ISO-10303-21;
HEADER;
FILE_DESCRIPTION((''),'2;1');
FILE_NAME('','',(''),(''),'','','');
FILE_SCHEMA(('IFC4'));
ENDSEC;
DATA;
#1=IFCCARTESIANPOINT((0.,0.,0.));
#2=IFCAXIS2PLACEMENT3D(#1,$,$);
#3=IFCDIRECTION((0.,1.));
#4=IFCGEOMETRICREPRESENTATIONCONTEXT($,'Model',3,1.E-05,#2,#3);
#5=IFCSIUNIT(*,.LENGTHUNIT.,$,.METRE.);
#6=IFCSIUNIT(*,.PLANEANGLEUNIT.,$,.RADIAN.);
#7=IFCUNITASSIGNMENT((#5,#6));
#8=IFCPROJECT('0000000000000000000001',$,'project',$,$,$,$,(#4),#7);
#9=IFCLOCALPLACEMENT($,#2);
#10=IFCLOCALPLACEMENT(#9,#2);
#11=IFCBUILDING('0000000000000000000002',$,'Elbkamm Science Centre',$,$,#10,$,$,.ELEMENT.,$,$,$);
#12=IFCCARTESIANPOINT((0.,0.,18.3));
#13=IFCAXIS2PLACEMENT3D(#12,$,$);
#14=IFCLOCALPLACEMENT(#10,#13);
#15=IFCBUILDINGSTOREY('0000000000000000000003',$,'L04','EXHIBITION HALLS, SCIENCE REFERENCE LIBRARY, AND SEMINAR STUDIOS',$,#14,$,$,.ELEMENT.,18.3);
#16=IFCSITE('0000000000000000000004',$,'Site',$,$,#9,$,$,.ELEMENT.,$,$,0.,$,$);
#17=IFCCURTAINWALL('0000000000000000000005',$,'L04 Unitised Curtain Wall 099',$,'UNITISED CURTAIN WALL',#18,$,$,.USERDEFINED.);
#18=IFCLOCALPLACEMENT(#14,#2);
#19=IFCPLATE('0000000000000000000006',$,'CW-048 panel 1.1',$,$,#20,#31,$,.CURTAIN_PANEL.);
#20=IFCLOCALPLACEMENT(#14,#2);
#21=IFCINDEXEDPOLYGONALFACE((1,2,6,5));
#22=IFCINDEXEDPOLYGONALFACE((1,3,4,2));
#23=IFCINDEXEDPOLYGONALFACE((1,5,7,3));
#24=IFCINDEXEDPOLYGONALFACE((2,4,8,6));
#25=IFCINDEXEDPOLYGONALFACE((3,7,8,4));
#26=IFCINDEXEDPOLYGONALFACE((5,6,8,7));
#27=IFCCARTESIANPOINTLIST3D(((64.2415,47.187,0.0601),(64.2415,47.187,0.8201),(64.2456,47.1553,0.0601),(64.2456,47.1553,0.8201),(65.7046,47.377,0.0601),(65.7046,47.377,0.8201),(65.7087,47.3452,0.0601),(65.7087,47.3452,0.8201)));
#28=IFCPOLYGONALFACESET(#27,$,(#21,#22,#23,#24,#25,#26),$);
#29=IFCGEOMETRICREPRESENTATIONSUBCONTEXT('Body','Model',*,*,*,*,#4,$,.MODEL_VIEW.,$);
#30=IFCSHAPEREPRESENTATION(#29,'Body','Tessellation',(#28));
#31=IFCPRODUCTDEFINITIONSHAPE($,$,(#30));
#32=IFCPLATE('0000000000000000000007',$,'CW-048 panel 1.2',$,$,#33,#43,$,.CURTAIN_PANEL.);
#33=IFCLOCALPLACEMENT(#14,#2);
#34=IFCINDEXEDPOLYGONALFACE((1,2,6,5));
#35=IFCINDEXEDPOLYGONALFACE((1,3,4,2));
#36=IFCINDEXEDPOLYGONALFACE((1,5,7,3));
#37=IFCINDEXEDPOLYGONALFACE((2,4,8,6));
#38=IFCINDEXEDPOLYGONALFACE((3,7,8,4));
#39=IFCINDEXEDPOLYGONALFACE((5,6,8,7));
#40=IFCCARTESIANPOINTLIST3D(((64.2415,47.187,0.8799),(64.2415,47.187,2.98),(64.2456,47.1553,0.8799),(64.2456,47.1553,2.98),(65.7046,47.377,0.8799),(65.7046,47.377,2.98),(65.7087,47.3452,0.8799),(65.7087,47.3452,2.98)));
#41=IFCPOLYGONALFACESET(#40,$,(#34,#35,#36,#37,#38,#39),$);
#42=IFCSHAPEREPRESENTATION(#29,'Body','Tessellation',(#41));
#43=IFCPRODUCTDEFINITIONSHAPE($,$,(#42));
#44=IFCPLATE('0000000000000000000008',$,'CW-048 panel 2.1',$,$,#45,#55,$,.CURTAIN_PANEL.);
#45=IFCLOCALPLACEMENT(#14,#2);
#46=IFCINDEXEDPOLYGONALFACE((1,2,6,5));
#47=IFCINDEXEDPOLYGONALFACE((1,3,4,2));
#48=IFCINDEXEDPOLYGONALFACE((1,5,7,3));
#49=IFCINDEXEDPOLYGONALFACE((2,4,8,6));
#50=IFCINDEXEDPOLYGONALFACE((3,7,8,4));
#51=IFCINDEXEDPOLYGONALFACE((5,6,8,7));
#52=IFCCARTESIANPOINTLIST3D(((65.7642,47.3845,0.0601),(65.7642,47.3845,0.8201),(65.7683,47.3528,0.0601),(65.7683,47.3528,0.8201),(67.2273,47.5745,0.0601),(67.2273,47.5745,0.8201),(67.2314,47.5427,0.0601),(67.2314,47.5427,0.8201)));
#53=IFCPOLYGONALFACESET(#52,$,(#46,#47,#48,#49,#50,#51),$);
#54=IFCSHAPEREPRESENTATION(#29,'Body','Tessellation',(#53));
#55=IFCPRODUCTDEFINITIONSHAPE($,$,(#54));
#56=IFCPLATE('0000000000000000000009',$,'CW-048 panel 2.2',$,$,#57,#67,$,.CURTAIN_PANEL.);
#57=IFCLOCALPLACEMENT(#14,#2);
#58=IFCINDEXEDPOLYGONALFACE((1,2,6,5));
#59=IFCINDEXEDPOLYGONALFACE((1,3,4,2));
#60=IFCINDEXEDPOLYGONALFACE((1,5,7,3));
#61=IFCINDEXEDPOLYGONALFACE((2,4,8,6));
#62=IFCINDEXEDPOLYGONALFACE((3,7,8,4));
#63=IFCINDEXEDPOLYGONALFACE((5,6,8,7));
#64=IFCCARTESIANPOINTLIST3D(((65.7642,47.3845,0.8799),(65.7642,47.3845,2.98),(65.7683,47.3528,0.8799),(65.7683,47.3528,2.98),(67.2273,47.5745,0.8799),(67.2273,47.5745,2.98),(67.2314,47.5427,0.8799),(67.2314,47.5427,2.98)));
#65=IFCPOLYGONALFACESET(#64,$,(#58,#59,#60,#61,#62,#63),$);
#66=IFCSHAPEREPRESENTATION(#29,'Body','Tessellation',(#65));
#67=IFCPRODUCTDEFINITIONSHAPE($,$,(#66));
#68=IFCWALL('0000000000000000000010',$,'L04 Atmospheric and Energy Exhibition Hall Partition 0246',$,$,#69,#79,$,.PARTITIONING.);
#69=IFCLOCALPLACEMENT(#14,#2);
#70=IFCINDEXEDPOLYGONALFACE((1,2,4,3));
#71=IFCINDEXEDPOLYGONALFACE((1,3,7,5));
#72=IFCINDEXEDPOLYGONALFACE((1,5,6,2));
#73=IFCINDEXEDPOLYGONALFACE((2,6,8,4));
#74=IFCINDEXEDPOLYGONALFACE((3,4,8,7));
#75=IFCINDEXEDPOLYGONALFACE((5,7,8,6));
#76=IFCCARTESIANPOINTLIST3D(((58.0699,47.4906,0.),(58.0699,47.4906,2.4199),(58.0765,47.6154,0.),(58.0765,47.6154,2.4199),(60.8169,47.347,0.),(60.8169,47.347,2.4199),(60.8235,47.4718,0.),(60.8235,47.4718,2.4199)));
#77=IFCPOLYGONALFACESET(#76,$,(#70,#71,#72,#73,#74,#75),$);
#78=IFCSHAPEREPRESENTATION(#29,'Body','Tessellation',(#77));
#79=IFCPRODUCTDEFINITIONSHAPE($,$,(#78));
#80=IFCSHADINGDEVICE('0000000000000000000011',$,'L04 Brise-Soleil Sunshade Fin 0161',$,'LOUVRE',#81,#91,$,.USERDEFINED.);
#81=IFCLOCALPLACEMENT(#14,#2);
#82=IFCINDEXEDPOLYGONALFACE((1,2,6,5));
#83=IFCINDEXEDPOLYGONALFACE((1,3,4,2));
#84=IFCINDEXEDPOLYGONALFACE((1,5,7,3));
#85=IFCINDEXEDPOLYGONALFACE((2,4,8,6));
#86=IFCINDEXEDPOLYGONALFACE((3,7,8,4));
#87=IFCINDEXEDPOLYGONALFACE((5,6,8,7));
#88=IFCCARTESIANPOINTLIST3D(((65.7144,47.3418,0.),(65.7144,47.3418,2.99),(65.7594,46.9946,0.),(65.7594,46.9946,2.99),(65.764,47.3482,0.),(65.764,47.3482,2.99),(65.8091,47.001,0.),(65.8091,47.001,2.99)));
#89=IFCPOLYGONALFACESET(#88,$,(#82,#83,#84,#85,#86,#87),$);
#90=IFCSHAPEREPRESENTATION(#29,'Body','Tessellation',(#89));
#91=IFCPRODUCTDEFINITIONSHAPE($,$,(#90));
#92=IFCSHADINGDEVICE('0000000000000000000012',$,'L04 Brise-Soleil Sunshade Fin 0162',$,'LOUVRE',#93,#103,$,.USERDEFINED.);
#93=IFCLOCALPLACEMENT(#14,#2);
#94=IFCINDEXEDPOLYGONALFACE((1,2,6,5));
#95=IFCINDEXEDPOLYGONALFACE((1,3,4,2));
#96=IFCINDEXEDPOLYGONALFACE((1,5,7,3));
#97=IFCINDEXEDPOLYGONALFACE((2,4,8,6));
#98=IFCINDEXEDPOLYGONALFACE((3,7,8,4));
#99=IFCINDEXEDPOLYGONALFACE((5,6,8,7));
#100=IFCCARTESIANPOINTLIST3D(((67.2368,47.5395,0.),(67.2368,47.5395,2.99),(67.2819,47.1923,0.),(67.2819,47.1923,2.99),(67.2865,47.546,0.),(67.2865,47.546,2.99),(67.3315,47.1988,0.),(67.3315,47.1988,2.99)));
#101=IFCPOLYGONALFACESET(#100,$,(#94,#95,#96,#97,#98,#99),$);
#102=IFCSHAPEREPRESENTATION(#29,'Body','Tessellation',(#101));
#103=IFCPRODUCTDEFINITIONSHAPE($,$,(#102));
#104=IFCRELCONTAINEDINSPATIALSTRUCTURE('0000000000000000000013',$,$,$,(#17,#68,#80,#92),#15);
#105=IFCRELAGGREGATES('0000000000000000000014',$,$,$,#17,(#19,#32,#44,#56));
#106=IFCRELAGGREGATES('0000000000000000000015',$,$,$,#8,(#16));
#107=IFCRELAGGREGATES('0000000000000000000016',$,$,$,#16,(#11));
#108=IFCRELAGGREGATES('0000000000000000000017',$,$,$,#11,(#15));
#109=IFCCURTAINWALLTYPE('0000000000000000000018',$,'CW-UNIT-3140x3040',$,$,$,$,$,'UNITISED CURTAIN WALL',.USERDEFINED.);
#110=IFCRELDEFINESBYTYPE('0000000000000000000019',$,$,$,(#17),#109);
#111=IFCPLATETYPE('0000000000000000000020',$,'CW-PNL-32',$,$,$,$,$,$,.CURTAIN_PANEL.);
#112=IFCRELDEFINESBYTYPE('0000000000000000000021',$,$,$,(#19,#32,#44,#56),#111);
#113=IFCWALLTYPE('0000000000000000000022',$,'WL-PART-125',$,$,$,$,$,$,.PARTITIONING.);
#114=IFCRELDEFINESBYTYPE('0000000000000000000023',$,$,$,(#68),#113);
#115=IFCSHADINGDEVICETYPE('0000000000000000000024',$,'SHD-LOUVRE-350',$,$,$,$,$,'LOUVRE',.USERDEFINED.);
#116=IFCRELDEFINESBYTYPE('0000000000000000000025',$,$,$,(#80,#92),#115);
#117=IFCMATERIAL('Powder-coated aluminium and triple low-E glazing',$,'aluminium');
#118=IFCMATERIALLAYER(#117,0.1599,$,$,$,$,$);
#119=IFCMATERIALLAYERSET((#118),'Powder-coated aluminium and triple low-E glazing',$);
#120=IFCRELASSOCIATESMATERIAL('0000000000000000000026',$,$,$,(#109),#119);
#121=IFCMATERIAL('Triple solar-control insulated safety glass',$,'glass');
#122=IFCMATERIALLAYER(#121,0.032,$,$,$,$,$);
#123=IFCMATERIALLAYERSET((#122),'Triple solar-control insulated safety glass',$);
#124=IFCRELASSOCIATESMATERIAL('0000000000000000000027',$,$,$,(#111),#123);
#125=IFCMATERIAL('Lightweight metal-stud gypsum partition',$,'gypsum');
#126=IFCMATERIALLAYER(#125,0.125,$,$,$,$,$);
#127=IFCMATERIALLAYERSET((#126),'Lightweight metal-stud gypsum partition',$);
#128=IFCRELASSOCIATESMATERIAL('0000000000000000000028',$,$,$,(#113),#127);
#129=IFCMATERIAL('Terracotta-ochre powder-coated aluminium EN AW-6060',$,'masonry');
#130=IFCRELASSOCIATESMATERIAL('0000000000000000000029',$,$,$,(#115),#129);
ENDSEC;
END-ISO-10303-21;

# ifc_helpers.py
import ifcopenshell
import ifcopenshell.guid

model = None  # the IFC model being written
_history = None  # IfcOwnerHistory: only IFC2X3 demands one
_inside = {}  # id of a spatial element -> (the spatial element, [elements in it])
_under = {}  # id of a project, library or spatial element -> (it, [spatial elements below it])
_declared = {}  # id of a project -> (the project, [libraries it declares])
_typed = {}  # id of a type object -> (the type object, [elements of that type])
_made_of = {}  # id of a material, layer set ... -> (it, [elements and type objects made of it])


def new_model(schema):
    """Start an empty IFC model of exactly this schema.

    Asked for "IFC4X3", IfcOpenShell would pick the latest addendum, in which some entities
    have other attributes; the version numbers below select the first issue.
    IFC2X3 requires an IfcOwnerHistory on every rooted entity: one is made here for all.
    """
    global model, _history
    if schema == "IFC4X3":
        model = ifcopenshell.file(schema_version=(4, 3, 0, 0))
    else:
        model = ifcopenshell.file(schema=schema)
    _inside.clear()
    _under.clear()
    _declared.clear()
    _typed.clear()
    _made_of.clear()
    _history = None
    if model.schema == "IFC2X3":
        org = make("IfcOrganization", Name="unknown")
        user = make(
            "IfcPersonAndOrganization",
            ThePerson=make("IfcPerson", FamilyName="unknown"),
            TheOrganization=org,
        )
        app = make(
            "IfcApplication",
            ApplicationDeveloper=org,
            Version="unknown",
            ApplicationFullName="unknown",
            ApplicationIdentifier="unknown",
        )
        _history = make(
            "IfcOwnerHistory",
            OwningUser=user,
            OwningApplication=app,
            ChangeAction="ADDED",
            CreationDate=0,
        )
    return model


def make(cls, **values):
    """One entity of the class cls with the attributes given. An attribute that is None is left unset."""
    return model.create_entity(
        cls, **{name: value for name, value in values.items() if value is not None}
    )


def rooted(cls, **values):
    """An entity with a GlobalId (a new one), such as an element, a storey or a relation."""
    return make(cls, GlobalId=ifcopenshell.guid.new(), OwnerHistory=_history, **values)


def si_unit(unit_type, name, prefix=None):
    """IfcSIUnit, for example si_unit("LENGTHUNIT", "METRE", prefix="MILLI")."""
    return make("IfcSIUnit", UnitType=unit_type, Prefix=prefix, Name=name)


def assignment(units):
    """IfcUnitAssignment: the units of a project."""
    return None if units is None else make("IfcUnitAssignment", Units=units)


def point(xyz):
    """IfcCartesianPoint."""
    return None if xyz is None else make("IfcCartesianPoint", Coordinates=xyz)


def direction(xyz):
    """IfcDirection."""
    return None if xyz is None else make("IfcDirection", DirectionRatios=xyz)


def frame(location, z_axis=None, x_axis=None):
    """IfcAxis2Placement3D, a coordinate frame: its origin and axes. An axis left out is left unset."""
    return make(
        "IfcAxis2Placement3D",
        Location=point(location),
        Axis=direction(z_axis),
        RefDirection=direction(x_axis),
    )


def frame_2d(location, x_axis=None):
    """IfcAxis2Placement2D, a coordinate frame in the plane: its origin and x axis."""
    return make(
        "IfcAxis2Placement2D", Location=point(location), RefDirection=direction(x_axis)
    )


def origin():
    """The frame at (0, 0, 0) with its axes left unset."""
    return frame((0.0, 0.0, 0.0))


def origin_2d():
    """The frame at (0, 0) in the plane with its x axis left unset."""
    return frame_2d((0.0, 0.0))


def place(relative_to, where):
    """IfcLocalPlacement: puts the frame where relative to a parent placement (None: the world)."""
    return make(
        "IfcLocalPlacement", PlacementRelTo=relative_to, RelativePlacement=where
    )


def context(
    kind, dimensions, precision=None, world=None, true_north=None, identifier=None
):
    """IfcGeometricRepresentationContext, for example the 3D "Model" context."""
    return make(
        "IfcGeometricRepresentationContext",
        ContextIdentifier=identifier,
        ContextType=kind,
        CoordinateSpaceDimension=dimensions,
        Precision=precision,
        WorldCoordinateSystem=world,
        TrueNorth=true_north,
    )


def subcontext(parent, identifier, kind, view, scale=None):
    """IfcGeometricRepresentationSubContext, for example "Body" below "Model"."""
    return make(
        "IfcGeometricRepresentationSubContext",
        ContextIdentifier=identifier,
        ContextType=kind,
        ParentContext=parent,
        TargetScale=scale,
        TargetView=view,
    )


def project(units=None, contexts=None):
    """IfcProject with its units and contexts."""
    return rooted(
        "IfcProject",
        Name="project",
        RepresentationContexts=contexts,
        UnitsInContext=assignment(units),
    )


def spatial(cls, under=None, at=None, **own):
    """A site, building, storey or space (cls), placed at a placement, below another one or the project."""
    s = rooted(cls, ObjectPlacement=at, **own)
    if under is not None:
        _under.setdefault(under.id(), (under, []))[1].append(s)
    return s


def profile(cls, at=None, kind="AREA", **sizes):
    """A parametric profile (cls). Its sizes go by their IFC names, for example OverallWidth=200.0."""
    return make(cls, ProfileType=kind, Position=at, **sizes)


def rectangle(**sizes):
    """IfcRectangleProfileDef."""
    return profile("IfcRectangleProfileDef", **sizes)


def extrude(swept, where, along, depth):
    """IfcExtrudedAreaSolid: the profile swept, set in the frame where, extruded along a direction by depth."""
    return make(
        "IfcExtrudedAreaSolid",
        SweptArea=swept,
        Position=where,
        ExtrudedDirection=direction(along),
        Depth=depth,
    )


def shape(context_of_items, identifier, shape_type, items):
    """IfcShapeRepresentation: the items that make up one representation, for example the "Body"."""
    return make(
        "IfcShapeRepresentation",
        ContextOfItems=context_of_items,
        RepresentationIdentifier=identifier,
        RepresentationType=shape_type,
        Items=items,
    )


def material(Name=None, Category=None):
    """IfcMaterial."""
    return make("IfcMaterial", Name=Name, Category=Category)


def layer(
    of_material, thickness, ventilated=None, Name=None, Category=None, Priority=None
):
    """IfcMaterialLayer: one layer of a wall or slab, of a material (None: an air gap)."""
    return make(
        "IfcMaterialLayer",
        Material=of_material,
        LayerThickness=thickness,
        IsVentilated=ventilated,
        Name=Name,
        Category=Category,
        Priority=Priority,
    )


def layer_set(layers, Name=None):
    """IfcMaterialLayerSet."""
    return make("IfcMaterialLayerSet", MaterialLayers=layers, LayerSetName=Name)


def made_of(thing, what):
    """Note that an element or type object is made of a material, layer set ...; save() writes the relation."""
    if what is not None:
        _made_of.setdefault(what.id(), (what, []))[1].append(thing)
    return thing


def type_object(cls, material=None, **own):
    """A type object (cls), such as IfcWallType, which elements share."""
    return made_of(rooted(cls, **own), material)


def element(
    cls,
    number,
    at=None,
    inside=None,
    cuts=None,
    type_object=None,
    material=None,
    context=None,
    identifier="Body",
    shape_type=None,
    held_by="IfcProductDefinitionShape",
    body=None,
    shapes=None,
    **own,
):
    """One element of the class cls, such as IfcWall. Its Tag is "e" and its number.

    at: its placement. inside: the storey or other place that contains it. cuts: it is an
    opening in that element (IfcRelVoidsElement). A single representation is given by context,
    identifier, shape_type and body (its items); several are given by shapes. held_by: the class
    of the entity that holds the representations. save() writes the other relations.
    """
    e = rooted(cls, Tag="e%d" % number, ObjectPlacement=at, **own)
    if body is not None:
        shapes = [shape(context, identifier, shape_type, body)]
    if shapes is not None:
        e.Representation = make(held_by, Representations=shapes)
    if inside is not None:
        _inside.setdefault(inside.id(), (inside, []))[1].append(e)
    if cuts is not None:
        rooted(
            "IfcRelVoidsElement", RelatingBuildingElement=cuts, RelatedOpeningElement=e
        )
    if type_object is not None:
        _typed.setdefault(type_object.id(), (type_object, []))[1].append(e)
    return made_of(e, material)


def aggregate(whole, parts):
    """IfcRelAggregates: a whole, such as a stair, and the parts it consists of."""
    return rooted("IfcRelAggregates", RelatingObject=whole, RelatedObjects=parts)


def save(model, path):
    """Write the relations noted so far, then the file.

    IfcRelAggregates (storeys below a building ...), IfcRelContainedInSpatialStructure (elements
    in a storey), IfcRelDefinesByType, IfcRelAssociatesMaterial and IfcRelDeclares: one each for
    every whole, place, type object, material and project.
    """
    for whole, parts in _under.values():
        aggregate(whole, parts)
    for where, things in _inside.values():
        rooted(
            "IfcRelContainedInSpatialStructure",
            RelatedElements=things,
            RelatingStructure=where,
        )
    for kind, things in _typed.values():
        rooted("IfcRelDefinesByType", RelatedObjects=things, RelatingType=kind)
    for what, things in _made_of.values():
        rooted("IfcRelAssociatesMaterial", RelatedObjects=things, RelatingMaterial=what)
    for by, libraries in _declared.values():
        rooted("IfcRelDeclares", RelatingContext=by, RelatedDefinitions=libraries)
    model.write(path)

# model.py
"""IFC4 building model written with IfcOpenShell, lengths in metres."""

from ifc_helpers import new_model, si_unit, direction, frame, frame_2d, origin, origin_2d, place, context, subcontext, project, spatial, rectangle, extrude, material, layer, layer_set, type_object, element, aggregate, save


model = new_model("IFC4")

# Units and contexts
model_context = context("Model", 3, precision=1e-05, world=origin(), true_north=direction((0.0, 1.0)))
body_context = subcontext(model_context, "Body", "Model", "MODEL_VIEW")
ifc_project = project(units=[si_unit("LENGTHUNIT", "METRE"), si_unit("PLANEANGLEUNIT", "RADIAN")], contexts=[model_context])

# Site, building, storey
site_placement = place(None, origin())
site = spatial("IfcSite", under=ifc_project, at=site_placement, Name="Site", CompositionType="ELEMENT", RefElevation=0.0)
building_placement = place(site_placement, origin())
building = spatial("IfcBuilding", under=site, at=building_placement, Name="Elbkamm Science Centre", CompositionType="ELEMENT")
storey_placement = place(building_placement, frame((0.0, 0.0, 18.3)))
storey = spatial("IfcBuildingStorey", under=building, at=storey_placement, Name="L04", Description="EXHIBITION HALLS, SCIENCE REFERENCE LIBRARY, AND SEMINAR STUDIOS", CompositionType="ELEMENT", Elevation=18.3)

# Curtain wall
ifc_material_1 = material(Name="Powder-coated aluminium and triple low-E glazing", Category="aluminium")
ifc_layer_1 = layer(ifc_material_1, 0.1599)
ifc_layer_set_1 = layer_set([ifc_layer_1], Name="Powder-coated aluminium and triple low-E glazing")
curtain_wall_type_1 = type_object("IfcCurtainWallType", Name="CW-UNIT-3140x3040", ElementType="UNITISED CURTAIN WALL", PredefinedType="USERDEFINED", material=ifc_layer_set_1)
curtain_wall_1_placement = place(storey_placement, origin())
curtain_wall_1 = element("IfcCurtainWall", 1, at=curtain_wall_1_placement, inside=storey, type_object=curtain_wall_type_1, Name="L04 Unitised Curtain Wall 099", ObjectType="UNITISED CURTAIN WALL", PredefinedType="USERDEFINED")

# Plates
ifc_material_2 = material(Name="Triple solar-control insulated safety glass", Category="glass")
ifc_layer_2 = layer(ifc_material_2, 0.032)
ifc_layer_set_2 = layer_set([ifc_layer_2], Name="Triple solar-control insulated safety glass")
plate_type = type_object("IfcPlateType", Name="CW-PNL-32", PredefinedType="CURTAIN_PANEL", material=ifc_layer_set_2)
plate_1_placement = place(storey_placement, frame((64.9751, 47.2661, 0.0601), z_axis=(0.0, 0.0, 1.0), x_axis=(0.991676, 0.128755, 0.0)))
plate_1 = element("IfcPlate", 2, at=plate_1_placement, type_object=plate_type, Name="CW-048 panel 1.1", PredefinedType="CURTAIN_PANEL", context=body_context, shape_type="SweptSolid", body=[
    extrude(rectangle(XDim=1.4753, YDim=0.032, at=origin_2d()), origin(), (0.0, 0.0, 1.0), 0.76),
])
plate_2_placement = place(storey_placement, frame((64.9751, 47.2661, 0.8799), z_axis=(0.0, 0.0, 1.0), x_axis=(0.991676, 0.128755, 0.0)))
plate_2 = element("IfcPlate", 3, at=plate_2_placement, type_object=plate_type, Name="CW-048 panel 1.2", PredefinedType="CURTAIN_PANEL", context=body_context, shape_type="SweptSolid", body=[
    extrude(rectangle(XDim=1.4753, YDim=0.032, at=origin_2d()), origin(), (0.0, 0.0, 1.0), 2.1001),
])
plate_3_placement = place(storey_placement, frame((66.4978, 47.4636, 0.0601), z_axis=(0.0, 0.0, 1.0), x_axis=(0.991676, 0.128755, 0.0)))
plate_3 = element("IfcPlate", 4, at=plate_3_placement, type_object=plate_type, Name="CW-048 panel 2.1", PredefinedType="CURTAIN_PANEL", context=body_context, shape_type="SweptSolid", body=[
    extrude(rectangle(XDim=1.4753, YDim=0.032, at=origin_2d()), origin(), (0.0, 0.0, 1.0), 0.76),
])
plate_4_placement = place(storey_placement, frame((66.4978, 47.4636, 0.8799), z_axis=(0.0, 0.0, 1.0), x_axis=(0.991676, 0.128755, 0.0)))
plate_4 = element("IfcPlate", 5, at=plate_4_placement, type_object=plate_type, Name="CW-048 panel 2.2", PredefinedType="CURTAIN_PANEL", context=body_context, shape_type="SweptSolid", body=[
    extrude(rectangle(XDim=1.4753, YDim=0.032, at=origin_2d()), origin(), (0.0, 0.0, 1.0), 2.1001),
])
aggregate(curtain_wall_1, [plate_1, plate_2, plate_3, plate_4])

# Wall
ifc_material_3 = material(Name="Lightweight metal-stud gypsum partition", Category="gypsum")
ifc_layer_3 = layer(ifc_material_3, 0.125)
ifc_layer_set_3 = layer_set([ifc_layer_3], Name="Lightweight metal-stud gypsum partition")
wall_type = type_object("IfcWallType", Name="WL-PART-125", PredefinedType="PARTITIONING", material=ifc_layer_set_3)
wall_placement = place(storey_placement, frame((60.8203, 47.4094, 0.0), z_axis=(0.0, 0.0, 1.0), x_axis=(-0.998637, 0.052186, 0.0)))
element("IfcWall", 6, at=wall_placement, inside=storey, type_object=wall_type, Name="L04 Atmospheric and Energy Exhibition Hall Partition 0246", PredefinedType="PARTITIONING", context=body_context, shape_type="SweptSolid", body=[
    extrude(rectangle(XDim=2.7507, YDim=0.125, at=frame_2d((1.3755, 0.0))), origin(), (0.0, 0.0, 1.0), 2.4199),
])

# Shading devices
ifc_material_4 = material(Name="Terracotta-ochre powder-coated aluminium EN AW-6060", Category="masonry")
shading_device_type = type_object("IfcShadingDeviceType", Name="SHD-LOUVRE-350", ElementType="LOUVRE", PredefinedType="USERDEFINED", material=ifc_material_4)
for number, where, z_axis, x_axis, name in (
    (7, (65.7617, 47.1714, 0.0), (0.0, 0.0, 1.0), (0.128754, -0.991677, 0.0), "L04 Brise-Soleil Sunshade Fin 0161"),
    (8, (67.2842, 47.3691, 0.0), (0.0, 0.0, 1.0), (0.128754, -0.991677, 0.0), "L04 Brise-Soleil Sunshade Fin 0162"),
):
    element("IfcShadingDevice", number, at=place(storey_placement, frame(where, z_axis=z_axis, x_axis=x_axis)), inside=storey, type_object=shading_device_type, Name=name, ObjectType="LOUVRE", PredefinedType="USERDEFINED", context=body_context, shape_type="SweptSolid", body=[
        extrude(rectangle(XDim=0.3501, YDim=0.05, at=origin_2d()), origin(), (0.0, 0.0, 1.0), 2.99),
    ])

save(model, "model.ifc")
